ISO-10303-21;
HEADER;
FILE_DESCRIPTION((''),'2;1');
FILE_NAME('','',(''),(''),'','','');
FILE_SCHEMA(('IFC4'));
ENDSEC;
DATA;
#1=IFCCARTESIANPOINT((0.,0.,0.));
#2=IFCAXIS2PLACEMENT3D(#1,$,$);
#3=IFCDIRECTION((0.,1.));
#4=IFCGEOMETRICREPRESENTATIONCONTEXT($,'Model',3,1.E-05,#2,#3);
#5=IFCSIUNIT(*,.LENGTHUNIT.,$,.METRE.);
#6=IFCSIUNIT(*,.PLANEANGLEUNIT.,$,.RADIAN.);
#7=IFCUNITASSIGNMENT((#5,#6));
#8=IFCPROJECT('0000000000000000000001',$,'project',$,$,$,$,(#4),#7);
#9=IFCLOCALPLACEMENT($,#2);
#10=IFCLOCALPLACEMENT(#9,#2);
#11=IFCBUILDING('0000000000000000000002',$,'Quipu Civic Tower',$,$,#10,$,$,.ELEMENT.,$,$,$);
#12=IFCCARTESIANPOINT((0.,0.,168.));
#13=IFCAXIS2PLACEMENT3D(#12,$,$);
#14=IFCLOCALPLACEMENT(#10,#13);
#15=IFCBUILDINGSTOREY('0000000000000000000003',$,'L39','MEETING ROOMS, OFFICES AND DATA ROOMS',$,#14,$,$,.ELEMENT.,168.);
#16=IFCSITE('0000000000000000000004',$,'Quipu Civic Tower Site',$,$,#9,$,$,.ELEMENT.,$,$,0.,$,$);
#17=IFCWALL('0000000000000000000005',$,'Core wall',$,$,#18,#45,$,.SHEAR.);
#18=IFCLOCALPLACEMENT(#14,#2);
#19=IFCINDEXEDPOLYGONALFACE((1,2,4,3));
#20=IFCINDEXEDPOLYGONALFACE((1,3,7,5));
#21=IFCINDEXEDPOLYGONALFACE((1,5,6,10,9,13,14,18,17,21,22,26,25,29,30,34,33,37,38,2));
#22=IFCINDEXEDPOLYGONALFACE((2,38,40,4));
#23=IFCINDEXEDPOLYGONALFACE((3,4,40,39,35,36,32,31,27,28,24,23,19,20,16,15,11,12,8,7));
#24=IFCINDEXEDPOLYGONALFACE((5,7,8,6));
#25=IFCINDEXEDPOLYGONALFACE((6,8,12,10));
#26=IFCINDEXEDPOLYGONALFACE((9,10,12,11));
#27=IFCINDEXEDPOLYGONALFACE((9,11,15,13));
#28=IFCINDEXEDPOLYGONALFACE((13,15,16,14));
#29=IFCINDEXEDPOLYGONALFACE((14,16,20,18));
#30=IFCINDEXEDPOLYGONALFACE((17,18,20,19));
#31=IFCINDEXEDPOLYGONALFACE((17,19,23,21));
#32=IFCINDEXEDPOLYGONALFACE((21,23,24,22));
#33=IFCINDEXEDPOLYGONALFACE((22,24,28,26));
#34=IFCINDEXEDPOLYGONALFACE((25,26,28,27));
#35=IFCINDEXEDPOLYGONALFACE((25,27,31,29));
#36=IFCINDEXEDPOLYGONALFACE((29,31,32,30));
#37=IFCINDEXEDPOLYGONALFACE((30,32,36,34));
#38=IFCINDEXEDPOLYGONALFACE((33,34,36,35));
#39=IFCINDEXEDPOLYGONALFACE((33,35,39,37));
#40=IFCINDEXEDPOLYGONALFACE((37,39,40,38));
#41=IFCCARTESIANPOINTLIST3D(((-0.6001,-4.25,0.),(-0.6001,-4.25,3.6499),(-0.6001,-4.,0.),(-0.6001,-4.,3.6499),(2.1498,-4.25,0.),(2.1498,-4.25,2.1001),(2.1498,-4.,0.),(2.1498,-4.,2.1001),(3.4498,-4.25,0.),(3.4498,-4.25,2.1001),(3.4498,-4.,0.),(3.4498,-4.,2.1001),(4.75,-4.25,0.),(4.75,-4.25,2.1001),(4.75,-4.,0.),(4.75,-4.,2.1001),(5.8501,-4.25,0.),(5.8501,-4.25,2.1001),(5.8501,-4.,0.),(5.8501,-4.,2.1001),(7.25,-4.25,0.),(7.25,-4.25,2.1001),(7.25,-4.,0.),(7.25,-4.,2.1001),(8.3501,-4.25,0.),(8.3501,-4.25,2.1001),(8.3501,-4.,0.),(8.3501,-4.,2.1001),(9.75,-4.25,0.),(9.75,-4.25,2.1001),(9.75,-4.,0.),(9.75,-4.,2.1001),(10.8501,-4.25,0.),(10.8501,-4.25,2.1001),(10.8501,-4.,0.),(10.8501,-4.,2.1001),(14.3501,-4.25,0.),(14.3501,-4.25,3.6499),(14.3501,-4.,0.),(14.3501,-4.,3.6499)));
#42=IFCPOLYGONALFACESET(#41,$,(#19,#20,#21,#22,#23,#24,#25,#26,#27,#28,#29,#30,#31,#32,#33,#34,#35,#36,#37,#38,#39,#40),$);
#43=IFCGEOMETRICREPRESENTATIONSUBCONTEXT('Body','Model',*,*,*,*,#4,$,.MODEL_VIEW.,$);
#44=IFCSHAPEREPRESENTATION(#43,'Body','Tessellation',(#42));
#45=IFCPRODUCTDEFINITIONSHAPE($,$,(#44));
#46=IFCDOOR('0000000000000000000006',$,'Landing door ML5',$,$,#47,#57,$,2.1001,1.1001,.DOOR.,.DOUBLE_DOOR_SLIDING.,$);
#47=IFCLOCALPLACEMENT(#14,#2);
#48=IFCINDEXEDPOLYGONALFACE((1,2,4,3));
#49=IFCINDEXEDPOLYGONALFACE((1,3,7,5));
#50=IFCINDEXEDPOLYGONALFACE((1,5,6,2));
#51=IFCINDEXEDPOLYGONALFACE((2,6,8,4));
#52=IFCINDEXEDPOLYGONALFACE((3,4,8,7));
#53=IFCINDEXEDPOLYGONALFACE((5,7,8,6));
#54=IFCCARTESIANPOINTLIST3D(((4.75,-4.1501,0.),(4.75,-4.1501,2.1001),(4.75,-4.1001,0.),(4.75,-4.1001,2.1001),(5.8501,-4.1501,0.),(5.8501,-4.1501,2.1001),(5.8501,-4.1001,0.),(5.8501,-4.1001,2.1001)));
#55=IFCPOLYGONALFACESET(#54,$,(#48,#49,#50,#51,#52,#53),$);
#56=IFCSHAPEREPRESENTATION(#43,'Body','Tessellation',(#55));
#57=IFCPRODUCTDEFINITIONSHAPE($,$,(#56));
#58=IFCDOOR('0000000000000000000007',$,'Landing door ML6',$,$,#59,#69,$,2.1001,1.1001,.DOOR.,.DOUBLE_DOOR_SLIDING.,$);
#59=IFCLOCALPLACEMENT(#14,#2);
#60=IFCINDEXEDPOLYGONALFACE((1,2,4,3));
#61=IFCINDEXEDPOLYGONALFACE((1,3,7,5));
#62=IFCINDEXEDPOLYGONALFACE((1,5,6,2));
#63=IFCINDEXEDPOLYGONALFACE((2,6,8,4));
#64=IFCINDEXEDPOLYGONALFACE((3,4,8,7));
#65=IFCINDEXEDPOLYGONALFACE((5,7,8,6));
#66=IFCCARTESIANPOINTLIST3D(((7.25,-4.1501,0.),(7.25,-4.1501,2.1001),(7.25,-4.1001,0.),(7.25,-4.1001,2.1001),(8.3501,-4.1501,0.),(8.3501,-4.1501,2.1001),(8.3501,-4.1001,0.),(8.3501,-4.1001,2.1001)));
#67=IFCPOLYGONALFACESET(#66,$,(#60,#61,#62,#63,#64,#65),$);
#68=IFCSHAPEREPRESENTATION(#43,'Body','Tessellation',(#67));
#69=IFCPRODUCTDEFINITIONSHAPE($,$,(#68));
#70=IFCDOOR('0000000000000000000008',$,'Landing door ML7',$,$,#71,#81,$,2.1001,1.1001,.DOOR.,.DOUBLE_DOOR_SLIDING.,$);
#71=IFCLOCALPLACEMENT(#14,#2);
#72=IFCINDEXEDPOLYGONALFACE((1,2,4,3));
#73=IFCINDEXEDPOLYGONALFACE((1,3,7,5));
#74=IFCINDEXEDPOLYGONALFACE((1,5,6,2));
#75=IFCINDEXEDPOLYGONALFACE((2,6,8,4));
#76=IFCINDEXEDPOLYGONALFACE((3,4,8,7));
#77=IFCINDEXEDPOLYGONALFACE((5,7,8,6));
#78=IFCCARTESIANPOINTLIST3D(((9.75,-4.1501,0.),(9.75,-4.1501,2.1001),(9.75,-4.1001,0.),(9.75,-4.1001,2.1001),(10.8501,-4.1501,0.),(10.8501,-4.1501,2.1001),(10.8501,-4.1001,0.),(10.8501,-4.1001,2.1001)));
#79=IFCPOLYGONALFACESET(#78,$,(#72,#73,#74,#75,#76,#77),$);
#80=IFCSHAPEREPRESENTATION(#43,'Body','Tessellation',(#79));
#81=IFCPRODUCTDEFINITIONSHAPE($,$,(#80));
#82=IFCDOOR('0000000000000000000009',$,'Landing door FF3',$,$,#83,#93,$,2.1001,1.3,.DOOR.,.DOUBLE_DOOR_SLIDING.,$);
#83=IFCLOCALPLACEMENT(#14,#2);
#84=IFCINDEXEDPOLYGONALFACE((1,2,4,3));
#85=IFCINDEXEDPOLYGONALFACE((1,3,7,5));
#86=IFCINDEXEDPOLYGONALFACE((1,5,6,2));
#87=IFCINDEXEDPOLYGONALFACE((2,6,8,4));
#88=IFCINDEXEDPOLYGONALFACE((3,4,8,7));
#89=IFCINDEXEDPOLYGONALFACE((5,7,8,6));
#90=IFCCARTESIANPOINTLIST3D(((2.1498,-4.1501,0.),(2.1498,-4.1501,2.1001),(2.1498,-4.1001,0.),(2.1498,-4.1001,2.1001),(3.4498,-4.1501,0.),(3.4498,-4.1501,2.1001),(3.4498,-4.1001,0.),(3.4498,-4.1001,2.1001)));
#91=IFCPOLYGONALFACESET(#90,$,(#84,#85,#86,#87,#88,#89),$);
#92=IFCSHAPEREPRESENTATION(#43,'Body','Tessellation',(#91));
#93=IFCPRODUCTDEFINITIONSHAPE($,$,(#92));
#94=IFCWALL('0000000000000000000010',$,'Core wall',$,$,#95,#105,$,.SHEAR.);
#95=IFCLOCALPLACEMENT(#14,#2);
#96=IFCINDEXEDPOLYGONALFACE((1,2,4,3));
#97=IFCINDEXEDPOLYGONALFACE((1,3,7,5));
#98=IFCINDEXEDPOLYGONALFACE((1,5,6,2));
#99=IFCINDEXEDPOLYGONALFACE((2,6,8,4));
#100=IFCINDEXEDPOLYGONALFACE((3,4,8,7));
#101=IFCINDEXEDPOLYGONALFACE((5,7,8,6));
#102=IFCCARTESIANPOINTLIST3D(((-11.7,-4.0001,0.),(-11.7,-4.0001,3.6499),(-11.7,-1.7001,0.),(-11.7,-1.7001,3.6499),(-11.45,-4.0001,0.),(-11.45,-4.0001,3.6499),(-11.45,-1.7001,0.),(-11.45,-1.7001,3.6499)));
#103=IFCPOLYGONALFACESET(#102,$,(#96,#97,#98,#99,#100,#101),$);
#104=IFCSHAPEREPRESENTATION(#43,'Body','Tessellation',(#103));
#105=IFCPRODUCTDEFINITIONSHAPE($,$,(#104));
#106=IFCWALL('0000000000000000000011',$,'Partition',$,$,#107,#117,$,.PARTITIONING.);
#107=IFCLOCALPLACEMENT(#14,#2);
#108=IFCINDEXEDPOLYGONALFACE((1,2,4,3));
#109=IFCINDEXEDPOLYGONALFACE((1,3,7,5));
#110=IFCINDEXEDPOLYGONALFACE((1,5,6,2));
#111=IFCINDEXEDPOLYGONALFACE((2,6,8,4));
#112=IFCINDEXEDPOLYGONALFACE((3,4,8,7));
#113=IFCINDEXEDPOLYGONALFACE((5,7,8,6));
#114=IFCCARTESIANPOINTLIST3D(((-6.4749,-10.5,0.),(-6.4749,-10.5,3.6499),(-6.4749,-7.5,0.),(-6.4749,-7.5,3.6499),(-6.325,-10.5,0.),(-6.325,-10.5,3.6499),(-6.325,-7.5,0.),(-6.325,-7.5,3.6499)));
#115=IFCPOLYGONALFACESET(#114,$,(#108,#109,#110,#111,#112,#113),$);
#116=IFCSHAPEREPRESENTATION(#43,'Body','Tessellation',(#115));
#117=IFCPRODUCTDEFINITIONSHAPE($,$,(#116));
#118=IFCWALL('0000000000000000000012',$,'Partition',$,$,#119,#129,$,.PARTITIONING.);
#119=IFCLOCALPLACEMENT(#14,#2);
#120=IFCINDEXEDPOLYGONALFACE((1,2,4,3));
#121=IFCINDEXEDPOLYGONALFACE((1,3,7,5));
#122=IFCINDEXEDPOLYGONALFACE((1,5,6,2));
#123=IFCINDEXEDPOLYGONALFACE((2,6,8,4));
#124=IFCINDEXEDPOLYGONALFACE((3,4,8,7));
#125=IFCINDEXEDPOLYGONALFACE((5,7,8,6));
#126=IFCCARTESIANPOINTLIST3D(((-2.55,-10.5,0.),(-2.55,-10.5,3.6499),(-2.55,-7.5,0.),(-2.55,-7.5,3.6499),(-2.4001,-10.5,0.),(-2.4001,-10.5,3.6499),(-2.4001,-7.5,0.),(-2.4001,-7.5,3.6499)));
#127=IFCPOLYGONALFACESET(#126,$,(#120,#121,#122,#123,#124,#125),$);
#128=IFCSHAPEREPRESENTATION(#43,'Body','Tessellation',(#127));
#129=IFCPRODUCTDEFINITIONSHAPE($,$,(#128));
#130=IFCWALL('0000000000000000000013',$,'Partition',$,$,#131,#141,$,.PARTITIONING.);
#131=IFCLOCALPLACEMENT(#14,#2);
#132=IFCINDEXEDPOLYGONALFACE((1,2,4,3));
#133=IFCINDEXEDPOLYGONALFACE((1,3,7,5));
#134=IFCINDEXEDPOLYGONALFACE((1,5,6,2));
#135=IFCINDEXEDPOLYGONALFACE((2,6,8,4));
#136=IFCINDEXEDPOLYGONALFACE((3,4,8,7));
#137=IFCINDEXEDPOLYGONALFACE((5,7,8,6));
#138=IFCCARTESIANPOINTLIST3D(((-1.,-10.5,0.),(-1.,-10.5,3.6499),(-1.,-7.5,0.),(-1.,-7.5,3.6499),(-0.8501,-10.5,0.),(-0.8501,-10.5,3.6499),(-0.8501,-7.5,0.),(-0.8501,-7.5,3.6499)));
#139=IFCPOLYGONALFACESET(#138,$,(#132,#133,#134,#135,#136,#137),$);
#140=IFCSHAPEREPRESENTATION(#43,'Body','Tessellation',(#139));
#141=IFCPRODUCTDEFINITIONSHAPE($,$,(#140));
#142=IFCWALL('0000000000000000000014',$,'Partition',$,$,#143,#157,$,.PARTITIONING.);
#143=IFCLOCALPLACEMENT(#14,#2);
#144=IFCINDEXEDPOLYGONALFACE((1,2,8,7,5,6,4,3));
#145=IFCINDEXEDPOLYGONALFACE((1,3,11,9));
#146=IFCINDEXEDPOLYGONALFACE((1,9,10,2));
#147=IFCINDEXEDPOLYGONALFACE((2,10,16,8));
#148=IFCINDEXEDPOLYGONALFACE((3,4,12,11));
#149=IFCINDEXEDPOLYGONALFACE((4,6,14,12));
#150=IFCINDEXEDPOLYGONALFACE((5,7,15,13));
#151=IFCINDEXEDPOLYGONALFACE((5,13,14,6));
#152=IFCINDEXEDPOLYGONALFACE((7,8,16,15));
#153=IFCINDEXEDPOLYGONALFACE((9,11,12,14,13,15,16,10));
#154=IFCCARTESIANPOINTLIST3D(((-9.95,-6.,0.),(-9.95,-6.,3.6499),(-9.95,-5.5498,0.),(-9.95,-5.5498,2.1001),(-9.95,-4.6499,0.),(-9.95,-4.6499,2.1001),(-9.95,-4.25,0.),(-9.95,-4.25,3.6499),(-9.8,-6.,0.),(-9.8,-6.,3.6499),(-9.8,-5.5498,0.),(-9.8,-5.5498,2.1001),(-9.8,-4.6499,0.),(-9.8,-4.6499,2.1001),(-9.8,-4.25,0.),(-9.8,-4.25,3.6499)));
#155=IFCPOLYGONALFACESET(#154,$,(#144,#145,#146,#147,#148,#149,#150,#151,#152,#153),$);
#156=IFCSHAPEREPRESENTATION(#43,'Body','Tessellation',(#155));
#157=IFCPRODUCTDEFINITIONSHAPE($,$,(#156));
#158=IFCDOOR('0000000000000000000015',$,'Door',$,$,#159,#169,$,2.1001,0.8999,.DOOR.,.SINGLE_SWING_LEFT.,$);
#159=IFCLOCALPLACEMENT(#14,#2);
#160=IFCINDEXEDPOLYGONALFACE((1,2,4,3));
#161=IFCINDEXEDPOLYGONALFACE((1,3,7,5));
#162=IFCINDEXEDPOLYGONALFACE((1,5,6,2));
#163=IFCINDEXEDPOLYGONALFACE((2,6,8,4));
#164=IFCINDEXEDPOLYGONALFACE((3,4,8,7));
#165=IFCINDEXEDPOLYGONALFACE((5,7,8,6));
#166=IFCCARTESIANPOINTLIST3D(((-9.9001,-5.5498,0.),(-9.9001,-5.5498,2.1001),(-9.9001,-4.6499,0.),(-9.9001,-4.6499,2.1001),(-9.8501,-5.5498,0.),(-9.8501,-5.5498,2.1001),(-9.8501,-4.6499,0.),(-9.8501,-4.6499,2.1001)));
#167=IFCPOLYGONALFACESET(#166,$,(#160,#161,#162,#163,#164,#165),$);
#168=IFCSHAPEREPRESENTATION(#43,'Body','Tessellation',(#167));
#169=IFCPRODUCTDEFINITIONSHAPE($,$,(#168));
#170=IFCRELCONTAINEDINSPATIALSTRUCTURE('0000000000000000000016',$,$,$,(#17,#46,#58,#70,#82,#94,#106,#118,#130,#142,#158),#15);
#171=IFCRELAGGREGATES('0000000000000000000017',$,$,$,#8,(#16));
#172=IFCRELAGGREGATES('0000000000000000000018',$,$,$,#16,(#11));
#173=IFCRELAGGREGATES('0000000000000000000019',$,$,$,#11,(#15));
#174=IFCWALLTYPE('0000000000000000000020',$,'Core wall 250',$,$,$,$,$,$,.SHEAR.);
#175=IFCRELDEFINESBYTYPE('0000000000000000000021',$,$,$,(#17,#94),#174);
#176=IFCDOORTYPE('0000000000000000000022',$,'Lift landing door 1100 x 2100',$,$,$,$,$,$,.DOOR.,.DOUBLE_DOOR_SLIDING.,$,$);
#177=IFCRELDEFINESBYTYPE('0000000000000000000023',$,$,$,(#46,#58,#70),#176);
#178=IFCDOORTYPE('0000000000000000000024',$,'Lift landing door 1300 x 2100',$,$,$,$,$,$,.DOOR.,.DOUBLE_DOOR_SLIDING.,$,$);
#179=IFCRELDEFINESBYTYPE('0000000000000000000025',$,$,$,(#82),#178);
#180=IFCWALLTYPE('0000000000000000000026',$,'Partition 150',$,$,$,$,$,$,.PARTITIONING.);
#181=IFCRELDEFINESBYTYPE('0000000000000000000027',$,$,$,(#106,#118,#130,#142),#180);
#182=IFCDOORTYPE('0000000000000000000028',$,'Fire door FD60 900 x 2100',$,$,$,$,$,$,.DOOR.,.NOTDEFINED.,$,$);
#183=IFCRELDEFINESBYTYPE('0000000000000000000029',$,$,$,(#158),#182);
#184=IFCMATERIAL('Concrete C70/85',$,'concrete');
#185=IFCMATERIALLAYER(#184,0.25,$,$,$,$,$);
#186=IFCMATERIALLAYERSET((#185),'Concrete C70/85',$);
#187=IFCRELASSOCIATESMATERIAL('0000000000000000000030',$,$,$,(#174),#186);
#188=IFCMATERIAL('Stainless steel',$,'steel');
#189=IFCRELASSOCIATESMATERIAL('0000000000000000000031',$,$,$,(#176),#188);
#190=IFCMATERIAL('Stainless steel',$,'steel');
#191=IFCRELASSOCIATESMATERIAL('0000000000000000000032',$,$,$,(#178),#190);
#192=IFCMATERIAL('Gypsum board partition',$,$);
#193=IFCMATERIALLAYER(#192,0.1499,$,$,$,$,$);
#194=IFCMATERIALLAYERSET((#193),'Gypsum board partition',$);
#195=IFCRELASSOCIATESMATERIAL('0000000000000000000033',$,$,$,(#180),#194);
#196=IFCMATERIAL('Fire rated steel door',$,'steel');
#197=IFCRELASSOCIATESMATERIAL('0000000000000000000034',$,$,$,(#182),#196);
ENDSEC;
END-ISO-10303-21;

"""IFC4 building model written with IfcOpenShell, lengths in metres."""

from ifc_helpers import new_model, si_unit, direction, frame, frame_2d, origin, place, context, subcontext, project, spatial, rectangle, extrude, material, layer, layer_set, type_object, element, fill, save


model = new_model("IFC4")

# Units and contexts
model_context = context("Model", 3, precision=1e-05, world=origin(), true_north=direction((0.0, 1.0)))
body_context = subcontext(model_context, "Body", "Model", "MODEL_VIEW")
ifc_project = project(units=[si_unit("LENGTHUNIT", "METRE"), si_unit("PLANEANGLEUNIT", "RADIAN")], contexts=[model_context])

# Site, building, storey
site_placement = place(None, origin())
site = spatial("IfcSite", under=ifc_project, at=site_placement, Name="Quipu Civic Tower Site", CompositionType="ELEMENT", RefElevation=0.0)
building_placement = place(site_placement, origin())
building = spatial("IfcBuilding", under=site, at=building_placement, Name="Quipu Civic Tower", CompositionType="ELEMENT")
storey_placement = place(building_placement, frame((0.0, 0.0, 168.0)))
storey = spatial("IfcBuildingStorey", under=building, at=storey_placement, Name="L39", Description="MEETING ROOMS, OFFICES AND DATA ROOMS", CompositionType="ELEMENT", Elevation=168.0)

# Shared definitions
ifc_material_1 = material(Name="Concrete C70/85", Category="concrete")
ifc_layer_1 = layer(ifc_material_1, 0.25)
ifc_layer_set_1 = layer_set([ifc_layer_1], Name="Concrete C70/85")
wall_type_1 = type_object("IfcWallType", Name="Core wall 250", PredefinedType="SHEAR", material=ifc_layer_set_1)

# Wall, openings, doors
wall_1_placement = place(storey_placement, frame((-0.6001, -4.125, 0.0), z_axis=(0.0, 0.0, 1.0), x_axis=(1.0, 0.0, 0.0)))
wall_1 = element("IfcWall", 1, at=wall_1_placement, inside=storey, type_object=wall_type_1, Name="Core wall", PredefinedType="SHEAR", context=body_context, shape_type="SweptSolid", body=[
    extrude(rectangle(XDim=14.9502, YDim=0.25, at=frame_2d((7.4751, 0.0))), origin(), (0.0, 0.0, 1.0), 3.6499),
])
opening_1_placement = place(wall_1_placement, frame((2.75, 0.0, 0.0)))
opening_1 = element("IfcOpeningElement", 2, at=opening_1_placement, cuts=wall_1, PredefinedType="OPENING", context=body_context, shape_type="SweptSolid", body=[
    extrude(rectangle(XDim=1.3, YDim=2.1001, at=frame_2d((0.6499, 1.05))), frame((0.0, 0.135, 0.0), z_axis=(0.0, -1.0, 0.0), x_axis=(1.0, 0.0, 0.0)), (0.0, 0.0, 1.0), 0.27),
])
opening_2_placement = place(wall_1_placement, frame((5.3501, 0.0, 0.0)))
opening_2 = element("IfcOpeningElement", 3, at=opening_2_placement, cuts=wall_1, PredefinedType="OPENING", context=body_context, shape_type="SweptSolid", body=[
    extrude(rectangle(XDim=1.1001, YDim=2.1001, at=frame_2d((0.55, 1.05))), frame((0.0, 0.135, 0.0), z_axis=(0.0, -1.0, 0.0), x_axis=(1.0, 0.0, 0.0)), (0.0, 0.0, 1.0), 0.27),
])
opening_3_placement = place(wall_1_placement, frame((7.8501, 0.0, 0.0)))
opening_3 = element("IfcOpeningElement", 4, at=opening_3_placement, cuts=wall_1, PredefinedType="OPENING", context=body_context, shape_type="SweptSolid", body=[
    extrude(rectangle(XDim=1.1001, YDim=2.1001, at=frame_2d((0.55, 1.05))), frame((0.0, 0.135, 0.0), z_axis=(0.0, -1.0, 0.0), x_axis=(1.0, 0.0, 0.0)), (0.0, 0.0, 1.0), 0.27),
])
opening_4_placement = place(wall_1_placement, frame((10.3501, 0.0, 0.0)))
opening_4 = element("IfcOpeningElement", 5, at=opening_4_placement, cuts=wall_1, PredefinedType="OPENING", context=body_context, shape_type="SweptSolid", body=[
    extrude(rectangle(XDim=1.1001, YDim=2.1001, at=frame_2d((0.55, 1.05))), frame((0.0, 0.135, 0.0), z_axis=(0.0, -1.0, 0.0), x_axis=(1.0, 0.0, 0.0)), (0.0, 0.0, 1.0), 0.27),
])
ifc_material_2 = material(Name="Stainless steel", Category="steel")
door_type_1 = type_object("IfcDoorType", Name="Lift landing door 1100 x 2100", OperationType="DOUBLE_DOOR_SLIDING", PredefinedType="DOOR", material=ifc_material_2)
door_1_placement = place(opening_2_placement, origin())
door_1 = element("IfcDoor", 6, at=door_1_placement, inside=storey, type_object=door_type_1, Name="Landing door ML5", OperationType="DOUBLE_DOOR_SLIDING", OverallHeight=2.1001, OverallWidth=1.1001, PredefinedType="DOOR", context=body_context, shape_type="SweptSolid", body=[
    extrude(rectangle(XDim=1.1001, YDim=2.1001, at=frame_2d((0.55, 1.05))), frame((0.0, 0.0249, 0.0), z_axis=(0.0, -1.0, 0.0), x_axis=(1.0, 0.0, 0.0)), (0.0, 0.0, 1.0), 0.05),
])
fill(opening_2, door_1)
door_2_placement = place(opening_3_placement, origin())
door_2 = element("IfcDoor", 7, at=door_2_placement, inside=storey, type_object=door_type_1, Name="Landing door ML6", OperationType="DOUBLE_DOOR_SLIDING", OverallHeight=2.1001, OverallWidth=1.1001, PredefinedType="DOOR", context=body_context, shape_type="SweptSolid", body=[
    extrude(rectangle(XDim=1.1001, YDim=2.1001, at=frame_2d((0.55, 1.05))), frame((0.0, 0.0249, 0.0), z_axis=(0.0, -1.0, 0.0), x_axis=(1.0, 0.0, 0.0)), (0.0, 0.0, 1.0), 0.05),
])
fill(opening_3, door_2)
door_3_placement = place(opening_4_placement, origin())
door_3 = element("IfcDoor", 8, at=door_3_placement, inside=storey, type_object=door_type_1, Name="Landing door ML7", OperationType="DOUBLE_DOOR_SLIDING", OverallHeight=2.1001, OverallWidth=1.1001, PredefinedType="DOOR", context=body_context, shape_type="SweptSolid", body=[
    extrude(rectangle(XDim=1.1001, YDim=2.1001, at=frame_2d((0.55, 1.05))), frame((0.0, 0.0249, 0.0), z_axis=(0.0, -1.0, 0.0), x_axis=(1.0, 0.0, 0.0)), (0.0, 0.0, 1.0), 0.05),
])
fill(opening_4, door_3)
ifc_material_3 = material(Name="Stainless steel", Category="steel")
door_type_2 = type_object("IfcDoorType", Name="Lift landing door 1300 x 2100", OperationType="DOUBLE_DOOR_SLIDING", PredefinedType="DOOR", material=ifc_material_3)
door_4_placement = place(opening_1_placement, origin())
door_4 = element("IfcDoor", 9, at=door_4_placement, inside=storey, type_object=door_type_2, Name="Landing door FF3", OperationType="DOUBLE_DOOR_SLIDING", OverallHeight=2.1001, OverallWidth=1.3, PredefinedType="DOOR", context=body_context, shape_type="SweptSolid", body=[
    extrude(rectangle(XDim=1.3, YDim=2.1001, at=frame_2d((0.6499, 1.05))), frame((0.0, 0.0249, 0.0), z_axis=(0.0, -1.0, 0.0), x_axis=(1.0, 0.0, 0.0)), (0.0, 0.0, 1.0), 0.05),
])
fill(opening_1, door_4)

# Walls
wall_2_placement = place(storey_placement, frame((-11.575, -4.0, 0.0), z_axis=(0.0, 0.0, 1.0), x_axis=(0.0, 1.0, 0.0)))
element("IfcWall", 10, at=wall_2_placement, inside=storey, type_object=wall_type_1, Name="Core wall", PredefinedType="SHEAR", context=body_context, shape_type="SweptSolid", body=[
    extrude(rectangle(XDim=2.3, YDim=0.25, at=frame_2d((1.1499, 0.0))), origin(), (0.0, 0.0, 1.0), 3.6499),
])
ifc_material_4 = material(Name="Gypsum board partition")
ifc_layer_2 = layer(ifc_material_4, 0.1499)
ifc_layer_set_2 = layer_set([ifc_layer_2], Name="Gypsum board partition")
wall_type_2 = type_object("IfcWallType", Name="Partition 150", PredefinedType="PARTITIONING", material=ifc_layer_set_2)
for number, where, z_axis, x_axis, name in (
    (11, (-6.3999, -10.5, 0.0), (0.0, 0.0, 1.0), (0.0, 1.0, 0.0), "Partition"),
    (12, (-2.4751, -10.5, 0.0), (0.0, 0.0, 1.0), (0.0, 1.0, 0.0), "Partition"),
    (13, (-0.925, -10.5, 0.0), (0.0, 0.0, 1.0), (0.0, 1.0, 0.0), "Partition"),
):
    element("IfcWall", number, at=place(storey_placement, frame(where, z_axis=z_axis, x_axis=x_axis)), inside=storey, type_object=wall_type_2, Name=name, PredefinedType="PARTITIONING", context=body_context, shape_type="SweptSolid", body=[
        extrude(rectangle(XDim=3.0, YDim=0.1499, at=frame_2d((1.5, 0.0))), origin(), (0.0, 0.0, 1.0), 3.6499),
    ])

# Wall, opening, door
wall_3_placement = place(storey_placement, frame((-9.875, -4.25, 0.0), z_axis=(0.0, 0.0, 1.0), x_axis=(0.0, -1.0, 0.0)))
wall_3 = element("IfcWall", 14, at=wall_3_placement, inside=storey, type_object=wall_type_2, Name="Partition", PredefinedType="PARTITIONING", context=body_context, shape_type="SweptSolid", body=[
    extrude(rectangle(XDim=1.75, YDim=0.1499, at=frame_2d((0.875, 0.0))), origin(), (0.0, 0.0, 1.0), 3.6499),
])
opening_5_placement = place(wall_3_placement, frame((0.3999, 0.0, 0.0)))
opening_5 = element("IfcOpeningElement", 15, at=opening_5_placement, cuts=wall_3, PredefinedType="OPENING", context=body_context, shape_type="SweptSolid", body=[
    extrude(rectangle(XDim=0.8999, YDim=2.1001, at=frame_2d((0.45, 1.05))), frame((0.0, 0.085, 0.0), z_axis=(0.0, -1.0, 0.0), x_axis=(1.0, 0.0, 0.0)), (0.0, 0.0, 1.0), 0.1699),
])
ifc_material_5 = material(Name="Fire rated steel door", Category="steel")
door_type_3 = type_object("IfcDoorType", Name="Fire door FD60 900 x 2100", OperationType="NOTDEFINED", PredefinedType="DOOR", material=ifc_material_5)
door_5_placement = place(opening_5_placement, origin())
door_5 = element("IfcDoor", 16, at=door_5_placement, inside=storey, type_object=door_type_3, Name="Door", OperationType="SINGLE_SWING_LEFT", OverallHeight=2.1001, OverallWidth=0.8999, PredefinedType="DOOR", context=body_context, shape_type="SweptSolid", body=[
    extrude(rectangle(XDim=0.8999, YDim=2.1001, at=frame_2d((0.45, 1.05))), frame((0.0, 0.0249, 0.0), z_axis=(0.0, -1.0, 0.0), x_axis=(1.0, 0.0, 0.0)), (0.0, 0.0, 1.0), 0.05),
])
fill(opening_5, door_5)

save(model, "model.ifc")
